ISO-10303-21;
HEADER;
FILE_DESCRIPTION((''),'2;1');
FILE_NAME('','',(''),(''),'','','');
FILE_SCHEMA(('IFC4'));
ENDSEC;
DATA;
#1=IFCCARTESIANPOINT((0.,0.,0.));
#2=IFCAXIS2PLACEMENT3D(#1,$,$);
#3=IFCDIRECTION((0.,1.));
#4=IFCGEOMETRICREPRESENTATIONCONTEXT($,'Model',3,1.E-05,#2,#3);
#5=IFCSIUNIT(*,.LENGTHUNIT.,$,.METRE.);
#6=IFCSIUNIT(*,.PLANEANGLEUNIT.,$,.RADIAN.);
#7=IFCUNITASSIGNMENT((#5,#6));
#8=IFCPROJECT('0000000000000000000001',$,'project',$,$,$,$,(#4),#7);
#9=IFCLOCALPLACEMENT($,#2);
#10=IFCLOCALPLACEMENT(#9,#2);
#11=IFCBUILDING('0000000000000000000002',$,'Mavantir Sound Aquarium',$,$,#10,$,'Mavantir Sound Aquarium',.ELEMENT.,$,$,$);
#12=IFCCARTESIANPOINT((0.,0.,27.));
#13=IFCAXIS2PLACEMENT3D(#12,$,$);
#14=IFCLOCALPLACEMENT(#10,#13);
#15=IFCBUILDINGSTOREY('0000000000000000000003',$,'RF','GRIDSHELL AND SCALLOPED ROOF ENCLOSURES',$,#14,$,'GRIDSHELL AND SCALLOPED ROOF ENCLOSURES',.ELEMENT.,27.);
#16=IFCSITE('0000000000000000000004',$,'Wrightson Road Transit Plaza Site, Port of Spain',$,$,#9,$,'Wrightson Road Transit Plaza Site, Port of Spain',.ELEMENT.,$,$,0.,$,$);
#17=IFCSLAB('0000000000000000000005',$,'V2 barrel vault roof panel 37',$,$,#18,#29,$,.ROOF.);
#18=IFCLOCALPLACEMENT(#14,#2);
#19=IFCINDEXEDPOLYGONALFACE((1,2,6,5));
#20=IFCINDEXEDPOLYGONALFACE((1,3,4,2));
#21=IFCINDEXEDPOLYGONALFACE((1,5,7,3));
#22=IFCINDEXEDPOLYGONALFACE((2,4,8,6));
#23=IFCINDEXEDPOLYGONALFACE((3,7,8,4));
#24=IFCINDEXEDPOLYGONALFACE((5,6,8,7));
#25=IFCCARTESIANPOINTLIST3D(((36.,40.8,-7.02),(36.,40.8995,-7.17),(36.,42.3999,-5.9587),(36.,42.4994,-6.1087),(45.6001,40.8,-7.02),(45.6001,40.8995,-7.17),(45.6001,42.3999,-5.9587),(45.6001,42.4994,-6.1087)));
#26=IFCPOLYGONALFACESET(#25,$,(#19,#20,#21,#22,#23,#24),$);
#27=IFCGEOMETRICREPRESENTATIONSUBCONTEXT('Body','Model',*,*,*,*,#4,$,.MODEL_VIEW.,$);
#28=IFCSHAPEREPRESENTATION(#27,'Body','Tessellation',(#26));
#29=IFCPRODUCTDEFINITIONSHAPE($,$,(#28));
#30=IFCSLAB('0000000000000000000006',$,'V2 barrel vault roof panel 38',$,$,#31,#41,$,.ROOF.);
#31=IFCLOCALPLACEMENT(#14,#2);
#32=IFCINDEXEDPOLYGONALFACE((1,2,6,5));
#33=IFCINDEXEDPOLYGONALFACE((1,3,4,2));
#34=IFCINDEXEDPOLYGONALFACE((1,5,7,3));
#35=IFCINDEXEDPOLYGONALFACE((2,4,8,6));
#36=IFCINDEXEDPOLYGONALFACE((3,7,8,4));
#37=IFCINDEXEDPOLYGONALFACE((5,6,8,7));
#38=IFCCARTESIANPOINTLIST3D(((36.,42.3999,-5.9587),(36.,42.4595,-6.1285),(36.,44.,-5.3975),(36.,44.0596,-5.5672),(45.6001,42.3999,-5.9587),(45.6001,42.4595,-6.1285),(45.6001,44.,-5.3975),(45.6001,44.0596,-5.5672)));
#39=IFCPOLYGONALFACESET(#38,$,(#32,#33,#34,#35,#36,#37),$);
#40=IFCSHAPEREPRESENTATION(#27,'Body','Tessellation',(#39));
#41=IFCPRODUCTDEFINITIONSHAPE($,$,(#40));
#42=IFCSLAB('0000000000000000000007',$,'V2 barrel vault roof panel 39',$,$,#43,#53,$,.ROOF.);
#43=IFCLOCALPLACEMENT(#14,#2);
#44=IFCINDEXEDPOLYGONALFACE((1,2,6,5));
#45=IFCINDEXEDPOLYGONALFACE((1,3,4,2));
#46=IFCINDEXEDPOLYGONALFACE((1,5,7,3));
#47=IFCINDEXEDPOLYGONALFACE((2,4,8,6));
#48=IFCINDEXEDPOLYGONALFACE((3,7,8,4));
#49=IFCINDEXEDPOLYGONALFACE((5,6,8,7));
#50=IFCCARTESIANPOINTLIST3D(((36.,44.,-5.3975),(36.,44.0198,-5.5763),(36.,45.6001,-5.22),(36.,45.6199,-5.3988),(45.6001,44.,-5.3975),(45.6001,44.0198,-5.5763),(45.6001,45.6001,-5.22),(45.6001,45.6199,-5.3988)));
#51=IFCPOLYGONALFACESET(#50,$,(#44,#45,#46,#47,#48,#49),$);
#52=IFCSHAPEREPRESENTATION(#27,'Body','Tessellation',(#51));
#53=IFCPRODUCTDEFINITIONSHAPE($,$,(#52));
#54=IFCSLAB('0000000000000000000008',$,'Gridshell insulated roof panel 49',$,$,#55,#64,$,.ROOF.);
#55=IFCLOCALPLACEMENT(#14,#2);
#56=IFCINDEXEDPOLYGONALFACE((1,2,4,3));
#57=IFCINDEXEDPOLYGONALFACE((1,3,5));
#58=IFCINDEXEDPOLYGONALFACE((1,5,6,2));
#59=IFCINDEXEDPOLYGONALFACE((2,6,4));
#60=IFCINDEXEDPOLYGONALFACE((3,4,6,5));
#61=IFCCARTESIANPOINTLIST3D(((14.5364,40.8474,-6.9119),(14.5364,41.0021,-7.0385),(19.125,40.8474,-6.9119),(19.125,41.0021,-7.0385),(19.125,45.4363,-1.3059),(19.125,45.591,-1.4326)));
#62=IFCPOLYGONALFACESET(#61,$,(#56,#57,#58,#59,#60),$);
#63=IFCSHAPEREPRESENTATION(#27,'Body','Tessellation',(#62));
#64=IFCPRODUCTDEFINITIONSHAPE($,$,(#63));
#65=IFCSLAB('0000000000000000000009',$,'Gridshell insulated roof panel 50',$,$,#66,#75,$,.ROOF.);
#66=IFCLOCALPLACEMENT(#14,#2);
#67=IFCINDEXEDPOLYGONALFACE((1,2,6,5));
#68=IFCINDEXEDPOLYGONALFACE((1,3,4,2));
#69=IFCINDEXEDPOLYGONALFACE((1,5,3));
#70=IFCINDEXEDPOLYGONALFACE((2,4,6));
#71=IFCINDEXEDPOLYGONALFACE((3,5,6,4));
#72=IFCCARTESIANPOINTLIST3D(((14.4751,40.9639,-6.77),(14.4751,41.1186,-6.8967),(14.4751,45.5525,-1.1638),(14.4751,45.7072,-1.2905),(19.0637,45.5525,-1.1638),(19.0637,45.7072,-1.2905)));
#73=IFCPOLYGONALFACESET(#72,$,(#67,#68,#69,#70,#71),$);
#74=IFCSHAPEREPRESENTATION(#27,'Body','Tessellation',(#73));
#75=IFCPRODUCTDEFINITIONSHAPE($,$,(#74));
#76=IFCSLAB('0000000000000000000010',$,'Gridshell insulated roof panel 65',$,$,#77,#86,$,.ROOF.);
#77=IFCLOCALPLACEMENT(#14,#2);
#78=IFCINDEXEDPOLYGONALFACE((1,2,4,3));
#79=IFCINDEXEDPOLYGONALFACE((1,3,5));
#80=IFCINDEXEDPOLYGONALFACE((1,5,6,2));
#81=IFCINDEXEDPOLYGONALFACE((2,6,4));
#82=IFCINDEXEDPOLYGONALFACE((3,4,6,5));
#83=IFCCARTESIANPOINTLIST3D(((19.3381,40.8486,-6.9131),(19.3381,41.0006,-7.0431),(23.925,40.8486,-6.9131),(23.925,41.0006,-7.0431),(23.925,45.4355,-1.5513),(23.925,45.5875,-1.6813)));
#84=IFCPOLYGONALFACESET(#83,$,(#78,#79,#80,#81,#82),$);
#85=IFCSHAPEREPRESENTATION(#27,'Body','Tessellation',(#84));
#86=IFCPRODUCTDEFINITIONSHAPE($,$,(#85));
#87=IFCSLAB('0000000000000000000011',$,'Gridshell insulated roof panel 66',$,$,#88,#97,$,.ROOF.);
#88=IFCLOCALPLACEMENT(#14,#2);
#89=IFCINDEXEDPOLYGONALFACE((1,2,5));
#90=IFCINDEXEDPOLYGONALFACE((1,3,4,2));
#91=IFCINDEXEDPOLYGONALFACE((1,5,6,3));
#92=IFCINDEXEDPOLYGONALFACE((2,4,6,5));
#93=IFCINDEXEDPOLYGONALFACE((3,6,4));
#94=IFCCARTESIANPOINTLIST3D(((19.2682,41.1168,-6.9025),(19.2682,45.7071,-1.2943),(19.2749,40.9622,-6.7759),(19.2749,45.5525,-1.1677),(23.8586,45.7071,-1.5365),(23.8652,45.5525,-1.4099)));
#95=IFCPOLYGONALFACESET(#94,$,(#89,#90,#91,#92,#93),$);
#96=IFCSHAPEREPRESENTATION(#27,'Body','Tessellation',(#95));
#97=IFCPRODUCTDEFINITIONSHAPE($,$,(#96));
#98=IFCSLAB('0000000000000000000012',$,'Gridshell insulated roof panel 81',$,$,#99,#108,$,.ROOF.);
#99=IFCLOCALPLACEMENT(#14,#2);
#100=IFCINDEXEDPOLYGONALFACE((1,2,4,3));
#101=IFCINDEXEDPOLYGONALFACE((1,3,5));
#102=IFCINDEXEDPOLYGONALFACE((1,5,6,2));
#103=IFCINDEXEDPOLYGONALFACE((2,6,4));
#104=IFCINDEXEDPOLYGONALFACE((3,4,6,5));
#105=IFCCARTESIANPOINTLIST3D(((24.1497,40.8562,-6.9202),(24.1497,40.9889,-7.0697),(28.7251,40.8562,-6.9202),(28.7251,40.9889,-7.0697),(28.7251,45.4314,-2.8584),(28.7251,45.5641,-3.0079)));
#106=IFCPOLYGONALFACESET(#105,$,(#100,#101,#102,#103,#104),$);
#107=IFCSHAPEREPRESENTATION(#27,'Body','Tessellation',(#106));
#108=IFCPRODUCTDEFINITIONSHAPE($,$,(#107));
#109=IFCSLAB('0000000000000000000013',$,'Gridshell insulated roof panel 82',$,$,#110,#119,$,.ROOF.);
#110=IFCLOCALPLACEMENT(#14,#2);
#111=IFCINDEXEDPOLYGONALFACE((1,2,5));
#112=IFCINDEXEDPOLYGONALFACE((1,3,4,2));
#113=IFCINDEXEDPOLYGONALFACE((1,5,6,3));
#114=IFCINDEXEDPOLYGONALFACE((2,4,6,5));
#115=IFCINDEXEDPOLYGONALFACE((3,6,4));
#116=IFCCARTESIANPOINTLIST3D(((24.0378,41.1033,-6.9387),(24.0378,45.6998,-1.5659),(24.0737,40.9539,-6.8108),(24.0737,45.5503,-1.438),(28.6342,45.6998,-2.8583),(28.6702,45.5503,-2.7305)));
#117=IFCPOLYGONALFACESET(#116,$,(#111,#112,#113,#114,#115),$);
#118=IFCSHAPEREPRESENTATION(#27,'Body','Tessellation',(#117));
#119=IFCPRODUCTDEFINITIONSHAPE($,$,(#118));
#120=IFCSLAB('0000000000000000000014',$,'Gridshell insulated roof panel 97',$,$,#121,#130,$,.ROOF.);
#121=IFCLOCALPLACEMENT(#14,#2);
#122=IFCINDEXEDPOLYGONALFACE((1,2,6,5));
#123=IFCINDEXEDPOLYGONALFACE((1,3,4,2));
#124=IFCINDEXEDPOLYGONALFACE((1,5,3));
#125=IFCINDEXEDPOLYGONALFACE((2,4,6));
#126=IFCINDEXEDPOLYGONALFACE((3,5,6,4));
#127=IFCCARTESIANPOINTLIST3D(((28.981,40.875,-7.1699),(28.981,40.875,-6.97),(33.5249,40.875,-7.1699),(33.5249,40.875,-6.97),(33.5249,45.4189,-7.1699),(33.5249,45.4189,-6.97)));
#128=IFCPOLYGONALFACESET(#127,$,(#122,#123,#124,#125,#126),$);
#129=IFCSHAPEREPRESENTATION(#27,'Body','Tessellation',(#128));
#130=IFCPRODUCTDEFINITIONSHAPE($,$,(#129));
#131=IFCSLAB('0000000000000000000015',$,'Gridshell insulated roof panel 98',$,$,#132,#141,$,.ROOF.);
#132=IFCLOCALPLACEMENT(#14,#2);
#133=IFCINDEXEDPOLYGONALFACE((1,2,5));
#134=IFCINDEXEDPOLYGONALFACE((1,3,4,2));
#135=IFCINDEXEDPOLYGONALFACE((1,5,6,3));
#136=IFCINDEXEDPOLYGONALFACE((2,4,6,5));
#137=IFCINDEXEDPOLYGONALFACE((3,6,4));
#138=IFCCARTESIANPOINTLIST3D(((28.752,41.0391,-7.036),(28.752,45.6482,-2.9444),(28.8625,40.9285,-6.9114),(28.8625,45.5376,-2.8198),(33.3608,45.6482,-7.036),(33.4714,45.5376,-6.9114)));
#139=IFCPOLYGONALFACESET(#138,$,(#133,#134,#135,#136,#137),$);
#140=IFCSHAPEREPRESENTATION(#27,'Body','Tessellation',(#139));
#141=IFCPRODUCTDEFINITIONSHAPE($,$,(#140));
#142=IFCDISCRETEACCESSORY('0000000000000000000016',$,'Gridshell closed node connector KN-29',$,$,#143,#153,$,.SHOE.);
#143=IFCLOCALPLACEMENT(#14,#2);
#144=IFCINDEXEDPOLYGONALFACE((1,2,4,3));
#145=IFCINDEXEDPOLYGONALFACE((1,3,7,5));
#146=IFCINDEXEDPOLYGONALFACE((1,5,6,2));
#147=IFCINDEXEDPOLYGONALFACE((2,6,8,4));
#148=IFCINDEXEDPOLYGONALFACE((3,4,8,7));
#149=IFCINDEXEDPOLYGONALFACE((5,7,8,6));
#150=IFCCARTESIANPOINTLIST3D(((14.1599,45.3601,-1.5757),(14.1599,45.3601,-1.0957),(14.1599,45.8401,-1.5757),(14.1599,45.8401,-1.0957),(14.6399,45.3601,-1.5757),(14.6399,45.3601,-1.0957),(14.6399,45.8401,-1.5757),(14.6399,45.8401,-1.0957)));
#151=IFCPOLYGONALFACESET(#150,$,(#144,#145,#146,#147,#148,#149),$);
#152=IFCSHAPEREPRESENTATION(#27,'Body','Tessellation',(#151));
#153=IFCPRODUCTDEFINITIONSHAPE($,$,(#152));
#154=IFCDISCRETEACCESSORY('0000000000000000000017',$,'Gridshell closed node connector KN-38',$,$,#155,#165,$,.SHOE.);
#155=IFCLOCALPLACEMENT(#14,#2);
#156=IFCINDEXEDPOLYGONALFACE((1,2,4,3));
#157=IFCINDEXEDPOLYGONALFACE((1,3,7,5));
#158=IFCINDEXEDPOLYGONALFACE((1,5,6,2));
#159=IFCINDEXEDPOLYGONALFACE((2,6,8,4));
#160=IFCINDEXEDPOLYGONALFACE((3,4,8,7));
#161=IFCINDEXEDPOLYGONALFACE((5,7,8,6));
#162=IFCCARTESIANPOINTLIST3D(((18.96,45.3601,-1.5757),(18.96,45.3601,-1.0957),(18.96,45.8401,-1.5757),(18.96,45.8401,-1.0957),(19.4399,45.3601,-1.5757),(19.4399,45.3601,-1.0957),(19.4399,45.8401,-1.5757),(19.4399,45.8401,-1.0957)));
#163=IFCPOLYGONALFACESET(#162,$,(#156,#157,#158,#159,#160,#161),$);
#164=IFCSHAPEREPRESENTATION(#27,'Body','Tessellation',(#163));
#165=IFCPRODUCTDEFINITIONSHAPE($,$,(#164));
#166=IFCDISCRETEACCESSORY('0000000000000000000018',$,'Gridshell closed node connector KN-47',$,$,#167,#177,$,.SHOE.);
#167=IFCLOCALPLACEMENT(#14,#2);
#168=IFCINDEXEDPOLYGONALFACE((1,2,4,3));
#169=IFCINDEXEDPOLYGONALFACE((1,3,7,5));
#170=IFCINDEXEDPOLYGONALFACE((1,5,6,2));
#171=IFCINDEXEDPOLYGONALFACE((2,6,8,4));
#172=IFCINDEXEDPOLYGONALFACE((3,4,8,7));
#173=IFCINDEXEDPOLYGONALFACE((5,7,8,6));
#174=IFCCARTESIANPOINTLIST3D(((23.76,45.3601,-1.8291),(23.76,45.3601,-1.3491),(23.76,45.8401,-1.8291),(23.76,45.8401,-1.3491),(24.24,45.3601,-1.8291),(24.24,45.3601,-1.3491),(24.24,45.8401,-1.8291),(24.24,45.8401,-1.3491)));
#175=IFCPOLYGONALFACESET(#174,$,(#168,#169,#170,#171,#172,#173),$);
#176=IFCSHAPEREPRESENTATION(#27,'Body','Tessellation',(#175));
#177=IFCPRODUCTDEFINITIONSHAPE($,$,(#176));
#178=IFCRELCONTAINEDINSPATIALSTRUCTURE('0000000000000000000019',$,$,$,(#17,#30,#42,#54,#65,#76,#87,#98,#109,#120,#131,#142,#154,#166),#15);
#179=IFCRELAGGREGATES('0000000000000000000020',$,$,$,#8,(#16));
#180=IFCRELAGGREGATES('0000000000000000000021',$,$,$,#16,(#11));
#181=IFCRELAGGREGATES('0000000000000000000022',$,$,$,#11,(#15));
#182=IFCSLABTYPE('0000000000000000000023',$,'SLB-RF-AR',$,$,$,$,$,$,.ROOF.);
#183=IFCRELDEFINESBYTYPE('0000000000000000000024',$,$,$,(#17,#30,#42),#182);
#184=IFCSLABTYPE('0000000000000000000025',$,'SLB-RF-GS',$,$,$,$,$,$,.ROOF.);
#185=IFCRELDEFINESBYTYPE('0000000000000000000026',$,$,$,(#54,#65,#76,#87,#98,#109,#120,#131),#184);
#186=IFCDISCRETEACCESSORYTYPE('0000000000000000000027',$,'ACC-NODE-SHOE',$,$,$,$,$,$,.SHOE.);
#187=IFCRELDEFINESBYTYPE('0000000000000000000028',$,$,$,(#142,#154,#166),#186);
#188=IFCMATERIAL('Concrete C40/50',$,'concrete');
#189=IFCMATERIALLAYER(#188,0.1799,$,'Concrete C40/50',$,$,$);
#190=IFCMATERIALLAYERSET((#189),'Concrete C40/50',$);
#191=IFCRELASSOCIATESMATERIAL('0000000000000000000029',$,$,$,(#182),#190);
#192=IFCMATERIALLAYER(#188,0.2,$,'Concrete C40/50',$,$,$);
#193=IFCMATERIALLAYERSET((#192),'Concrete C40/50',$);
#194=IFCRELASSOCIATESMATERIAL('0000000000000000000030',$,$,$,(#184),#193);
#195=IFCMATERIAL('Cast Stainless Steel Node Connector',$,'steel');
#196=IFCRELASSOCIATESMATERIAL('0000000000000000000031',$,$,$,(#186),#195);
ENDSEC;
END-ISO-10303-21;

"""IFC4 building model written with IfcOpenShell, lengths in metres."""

from ifc_helpers import new_model, si_unit, direction, frame, origin, origin_2d, place, context, subcontext, project, spatial, polyline, rectangle, outline, extrude, material, layer, layer_set, type_object, element, save


model = new_model("IFC4")

# Units and contexts
model_context = context("Model", 3, precision=1e-05, world=origin(), true_north=direction((0.0, 1.0)))
body_context = subcontext(model_context, "Body", "Model", "MODEL_VIEW")
ifc_project = project(units=[si_unit("LENGTHUNIT", "METRE"), si_unit("PLANEANGLEUNIT", "RADIAN")], contexts=[model_context])

# Site, building, storey
site_placement = place(None, origin())
site = spatial("IfcSite", under=ifc_project, at=site_placement, Name="Wrightson Road Transit Plaza Site, Port of Spain", LongName="Wrightson Road Transit Plaza Site, Port of Spain", CompositionType="ELEMENT", RefElevation=0.0)
building_placement = place(site_placement, origin())
building = spatial("IfcBuilding", under=site, at=building_placement, Name="Mavantir Sound Aquarium", LongName="Mavantir Sound Aquarium", CompositionType="ELEMENT")
storey_placement = place(building_placement, frame((0.0, 0.0, 27.0)))
storey = spatial("IfcBuildingStorey", under=building, at=storey_placement, Name="RF", Description="GRIDSHELL AND SCALLOPED ROOF ENCLOSURES", LongName="GRIDSHELL AND SCALLOPED ROOF ENCLOSURES", CompositionType="ELEMENT", Elevation=27.0)

# Slabs
ifc_material_1 = material(Name="Concrete C40/50", Category="concrete")
ifc_layer_1 = layer(ifc_material_1, 0.1799, Name="Concrete C40/50")
ifc_layer_set_1 = layer_set([ifc_layer_1], Name="Concrete C40/50")
slab_type_1 = type_object("IfcSlabType", Name="SLB-RF-AR", PredefinedType="ROOF", material=ifc_layer_set_1)
slab_1_placement = place(storey_placement, frame((36.0, 40.8, -7.02), z_axis=(0.0, -0.552791, 0.83332), x_axis=(1.0, 0.0, 0.0)))
element("IfcSlab", 1, at=slab_1_placement, inside=storey, type_object=slab_type_1, Name="V2 barrel vault roof panel 37", PredefinedType="ROOF", context=body_context, shape_type="SweptSolid", body=[
    extrude(outline(polyline([(0.0, 0.0), (9.6001, 0.0), (9.6001, 1.9199), (0.0, 1.9199), (0.0, 0.0)])), origin(), (0.0, 0.0, -1.0), 0.1799),
])
slab_2_placement = place(storey_placement, frame((36.0, 42.3999, -5.9587), z_axis=(0.0, -0.331004, 0.943629), x_axis=(1.0, 0.0, 0.0)))
element("IfcSlab", 2, at=slab_2_placement, inside=storey, type_object=slab_type_1, Name="V2 barrel vault roof panel 38", PredefinedType="ROOF", context=body_context, shape_type="SweptSolid", body=[
    extrude(outline(polyline([(0.0, 0.0), (9.6001, 0.0), (9.6001, 1.6957), (0.0, 1.6957), (0.0, 0.0)])), origin(), (0.0, 0.0, -1.0), 0.1799),
])
slab_3_placement = place(storey_placement, frame((36.0, 44.0, -5.3975), z_axis=(0.0, -0.110248, 0.993904), x_axis=(1.0, 0.0, 0.0)))
element("IfcSlab", 3, at=slab_3_placement, inside=storey, type_object=slab_type_1, Name="V2 barrel vault roof panel 39", PredefinedType="ROOF", context=body_context, shape_type="SweptSolid", body=[
    extrude(outline(polyline([(0.0, 0.0), (9.6001, 0.0), (9.6001, 1.6099), (0.0, 1.6099), (0.0, 0.0)])), origin(), (0.0, 0.0, -1.0), 0.1799),
])
ifc_layer_2 = layer(ifc_material_1, 0.2, Name="Concrete C40/50")
ifc_layer_set_2 = layer_set([ifc_layer_2], Name="Concrete C40/50")
slab_type_2 = type_object("IfcSlabType", Name="SLB-RF-GS", PredefinedType="ROOF", material=ifc_layer_set_2)
slab_4_placement = place(storey_placement, frame((14.5364, 40.8474, -6.9119), z_axis=(0.0, -0.77381, 0.633418), x_axis=(1.0, 0.0, 0.0)))
element("IfcSlab", 4, at=slab_4_placement, inside=storey, type_object=slab_type_2, Name="Gridshell insulated roof panel 49", PredefinedType="ROOF", context=body_context, shape_type="SweptSolid", body=[
    extrude(outline(polyline([(0.0, 0.0), (4.5886, 0.0), (4.5886, 7.2446), (0.0, 0.0)])), origin(), (0.0, 0.0, -1.0), 0.2),
])
slab_5_placement = place(storey_placement, frame((14.4751, 40.9639, -6.77), z_axis=(0.0, -0.77384, 0.633381), x_axis=(0.535081, 0.535081, 0.653741)))
element("IfcSlab", 5, at=slab_5_placement, inside=storey, type_object=slab_type_2, Name="Gridshell insulated roof panel 50", PredefinedType="ROOF", context=body_context, shape_type="SweptSolid", body=[
    extrude(outline(polyline([(0.0, 0.0), (8.5756, 0.0), (6.1203, 3.8765), (0.0, 0.0)])), origin(), (0.0, 0.0, -1.0), 0.2),
])
slab_6_placement = place(storey_placement, frame((19.3381, 40.8486, -6.9131), z_axis=(0.0, -0.759881, 0.650062), x_axis=(1.0, 0.0, 0.0)))
element("IfcSlab", 6, at=slab_6_placement, inside=storey, type_object=slab_type_2, Name="Gridshell insulated roof panel 65", PredefinedType="ROOF", context=body_context, shape_type="SweptSolid", body=[
    extrude(outline(polyline([(0.0, 0.0), (4.5869, 0.0), (4.5869, 7.0561), (0.0, 0.0)])), origin(), (0.0, 0.0, -1.0), 0.2),
])
slab_7_placement = place(storey_placement, frame((19.2749, 40.9622, -6.7759), z_axis=(0.033399, -0.773401, 0.633037), x_axis=(0.545018, 0.545018, 0.637111)))
element("IfcSlab", 7, at=slab_7_placement, inside=storey, type_object=slab_type_2, Name="Gridshell insulated roof panel 66", PredefinedType="ROOF", context=body_context, shape_type="SweptSolid", body=[
    extrude(outline(polyline([(0.0, 0.0), (8.4223, 0.0), (6.0748, 3.9521), (0.0, 0.0)])), origin(), (0.0, 0.0, -1.0), 0.2),
])
slab_8_placement = place(storey_placement, frame((24.1497, 40.8562, -6.9202), z_axis=(0.0, -0.663901, 0.747821), x_axis=(1.0, 0.0, 0.0)))
element("IfcSlab", 8, at=slab_8_placement, inside=storey, type_object=slab_type_2, Name="Gridshell insulated roof panel 81", PredefinedType="ROOF", context=body_context, shape_type="SweptSolid", body=[
    extrude(outline(polyline([(0.0, 0.0), (4.5754, 0.0), (4.5754, 6.118), (0.0, 0.0)])), origin(), (0.0, 0.0, -1.0), 0.2),
])
slab_9_placement = place(storey_placement, frame((24.0737, 40.9539, -6.8108), z_axis=(0.179815, -0.747487, 0.639476), x_axis=(0.598895, 0.598895, 0.531648)))
element("IfcSlab", 9, at=slab_9_placement, inside=storey, type_object=slab_type_2, Name="Gridshell insulated roof panel 82", PredefinedType="ROOF", context=body_context, shape_type="SweptSolid", body=[
    extrude(outline(polyline([(0.0, 0.0), (7.6749, 0.0), (5.6092, 4.3047), (0.0, 0.0)])), origin(), (0.0, 0.0, -1.0), 0.2),
])
slab_10_placement = place(storey_placement, frame((28.981, 40.875, -6.97), z_axis=(0.0, 0.0, 1.0), x_axis=(1.0, 0.0, 0.0)))
element("IfcSlab", 10, at=slab_10_placement, inside=storey, type_object=slab_type_2, Name="Gridshell insulated roof panel 97", PredefinedType="ROOF", context=body_context, shape_type="SweptSolid", body=[
    extrude(outline(polyline([(0.0, 0.0), (4.5439, 0.0), (4.5439, 4.5439), (0.0, 0.0)])), origin(), (0.0, 0.0, -1.0), 0.2),
])
slab_11_placement = place(storey_placement, frame((28.8625, 40.9285, -6.9114), z_axis=(0.553106, -0.553077, 0.623041), x_axis=(0.707088, 0.707126, 0.0)))
element("IfcSlab", 11, at=slab_11_placement, inside=storey, type_object=slab_type_2, Name="Gridshell insulated roof panel 98", PredefinedType="ROOF", context=body_context, shape_type="SweptSolid", body=[
    extrude(outline(polyline([(0.0, 0.0), (6.5181, 0.0), (3.2592, 5.2309), (0.0, 0.0)])), origin(), (0.0, 0.0, -1.0), 0.2),
])

# Discrete accessories
ifc_material_2 = material(Name="Cast Stainless Steel Node Connector", Category="steel")
discrete_accessory_type = type_object("IfcDiscreteAccessoryType", Name="ACC-NODE-SHOE", PredefinedType="SHOE", material=ifc_material_2)
for number, where, z_axis, x_axis, name in (
    (12, (14.3999, 45.6001, -1.5757), (0.0, 0.0, 1.0), (1.0, 0.0, 0.0), "Gridshell closed node connector KN-29"),
    (13, (19.2, 45.6001, -1.5757), (0.0, 0.0, 1.0), (1.0, 0.0, 0.0), "Gridshell closed node connector KN-38"),
    (14, (24.0, 45.6001, -1.8291), (0.0, 0.0, 1.0), (1.0, 0.0, 0.0), "Gridshell closed node connector KN-47"),
):
    element("IfcDiscreteAccessory", number, at=place(storey_placement, frame(where, z_axis=z_axis, x_axis=x_axis)), inside=storey, type_object=discrete_accessory_type, Name=name, PredefinedType="SHOE", context=body_context, shape_type="SweptSolid", body=[
        extrude(rectangle(XDim=0.48, YDim=0.48, at=origin_2d()), origin(), (0.0, 0.0, 1.0), 0.48),
    ])

save(model, "model.ifc")
